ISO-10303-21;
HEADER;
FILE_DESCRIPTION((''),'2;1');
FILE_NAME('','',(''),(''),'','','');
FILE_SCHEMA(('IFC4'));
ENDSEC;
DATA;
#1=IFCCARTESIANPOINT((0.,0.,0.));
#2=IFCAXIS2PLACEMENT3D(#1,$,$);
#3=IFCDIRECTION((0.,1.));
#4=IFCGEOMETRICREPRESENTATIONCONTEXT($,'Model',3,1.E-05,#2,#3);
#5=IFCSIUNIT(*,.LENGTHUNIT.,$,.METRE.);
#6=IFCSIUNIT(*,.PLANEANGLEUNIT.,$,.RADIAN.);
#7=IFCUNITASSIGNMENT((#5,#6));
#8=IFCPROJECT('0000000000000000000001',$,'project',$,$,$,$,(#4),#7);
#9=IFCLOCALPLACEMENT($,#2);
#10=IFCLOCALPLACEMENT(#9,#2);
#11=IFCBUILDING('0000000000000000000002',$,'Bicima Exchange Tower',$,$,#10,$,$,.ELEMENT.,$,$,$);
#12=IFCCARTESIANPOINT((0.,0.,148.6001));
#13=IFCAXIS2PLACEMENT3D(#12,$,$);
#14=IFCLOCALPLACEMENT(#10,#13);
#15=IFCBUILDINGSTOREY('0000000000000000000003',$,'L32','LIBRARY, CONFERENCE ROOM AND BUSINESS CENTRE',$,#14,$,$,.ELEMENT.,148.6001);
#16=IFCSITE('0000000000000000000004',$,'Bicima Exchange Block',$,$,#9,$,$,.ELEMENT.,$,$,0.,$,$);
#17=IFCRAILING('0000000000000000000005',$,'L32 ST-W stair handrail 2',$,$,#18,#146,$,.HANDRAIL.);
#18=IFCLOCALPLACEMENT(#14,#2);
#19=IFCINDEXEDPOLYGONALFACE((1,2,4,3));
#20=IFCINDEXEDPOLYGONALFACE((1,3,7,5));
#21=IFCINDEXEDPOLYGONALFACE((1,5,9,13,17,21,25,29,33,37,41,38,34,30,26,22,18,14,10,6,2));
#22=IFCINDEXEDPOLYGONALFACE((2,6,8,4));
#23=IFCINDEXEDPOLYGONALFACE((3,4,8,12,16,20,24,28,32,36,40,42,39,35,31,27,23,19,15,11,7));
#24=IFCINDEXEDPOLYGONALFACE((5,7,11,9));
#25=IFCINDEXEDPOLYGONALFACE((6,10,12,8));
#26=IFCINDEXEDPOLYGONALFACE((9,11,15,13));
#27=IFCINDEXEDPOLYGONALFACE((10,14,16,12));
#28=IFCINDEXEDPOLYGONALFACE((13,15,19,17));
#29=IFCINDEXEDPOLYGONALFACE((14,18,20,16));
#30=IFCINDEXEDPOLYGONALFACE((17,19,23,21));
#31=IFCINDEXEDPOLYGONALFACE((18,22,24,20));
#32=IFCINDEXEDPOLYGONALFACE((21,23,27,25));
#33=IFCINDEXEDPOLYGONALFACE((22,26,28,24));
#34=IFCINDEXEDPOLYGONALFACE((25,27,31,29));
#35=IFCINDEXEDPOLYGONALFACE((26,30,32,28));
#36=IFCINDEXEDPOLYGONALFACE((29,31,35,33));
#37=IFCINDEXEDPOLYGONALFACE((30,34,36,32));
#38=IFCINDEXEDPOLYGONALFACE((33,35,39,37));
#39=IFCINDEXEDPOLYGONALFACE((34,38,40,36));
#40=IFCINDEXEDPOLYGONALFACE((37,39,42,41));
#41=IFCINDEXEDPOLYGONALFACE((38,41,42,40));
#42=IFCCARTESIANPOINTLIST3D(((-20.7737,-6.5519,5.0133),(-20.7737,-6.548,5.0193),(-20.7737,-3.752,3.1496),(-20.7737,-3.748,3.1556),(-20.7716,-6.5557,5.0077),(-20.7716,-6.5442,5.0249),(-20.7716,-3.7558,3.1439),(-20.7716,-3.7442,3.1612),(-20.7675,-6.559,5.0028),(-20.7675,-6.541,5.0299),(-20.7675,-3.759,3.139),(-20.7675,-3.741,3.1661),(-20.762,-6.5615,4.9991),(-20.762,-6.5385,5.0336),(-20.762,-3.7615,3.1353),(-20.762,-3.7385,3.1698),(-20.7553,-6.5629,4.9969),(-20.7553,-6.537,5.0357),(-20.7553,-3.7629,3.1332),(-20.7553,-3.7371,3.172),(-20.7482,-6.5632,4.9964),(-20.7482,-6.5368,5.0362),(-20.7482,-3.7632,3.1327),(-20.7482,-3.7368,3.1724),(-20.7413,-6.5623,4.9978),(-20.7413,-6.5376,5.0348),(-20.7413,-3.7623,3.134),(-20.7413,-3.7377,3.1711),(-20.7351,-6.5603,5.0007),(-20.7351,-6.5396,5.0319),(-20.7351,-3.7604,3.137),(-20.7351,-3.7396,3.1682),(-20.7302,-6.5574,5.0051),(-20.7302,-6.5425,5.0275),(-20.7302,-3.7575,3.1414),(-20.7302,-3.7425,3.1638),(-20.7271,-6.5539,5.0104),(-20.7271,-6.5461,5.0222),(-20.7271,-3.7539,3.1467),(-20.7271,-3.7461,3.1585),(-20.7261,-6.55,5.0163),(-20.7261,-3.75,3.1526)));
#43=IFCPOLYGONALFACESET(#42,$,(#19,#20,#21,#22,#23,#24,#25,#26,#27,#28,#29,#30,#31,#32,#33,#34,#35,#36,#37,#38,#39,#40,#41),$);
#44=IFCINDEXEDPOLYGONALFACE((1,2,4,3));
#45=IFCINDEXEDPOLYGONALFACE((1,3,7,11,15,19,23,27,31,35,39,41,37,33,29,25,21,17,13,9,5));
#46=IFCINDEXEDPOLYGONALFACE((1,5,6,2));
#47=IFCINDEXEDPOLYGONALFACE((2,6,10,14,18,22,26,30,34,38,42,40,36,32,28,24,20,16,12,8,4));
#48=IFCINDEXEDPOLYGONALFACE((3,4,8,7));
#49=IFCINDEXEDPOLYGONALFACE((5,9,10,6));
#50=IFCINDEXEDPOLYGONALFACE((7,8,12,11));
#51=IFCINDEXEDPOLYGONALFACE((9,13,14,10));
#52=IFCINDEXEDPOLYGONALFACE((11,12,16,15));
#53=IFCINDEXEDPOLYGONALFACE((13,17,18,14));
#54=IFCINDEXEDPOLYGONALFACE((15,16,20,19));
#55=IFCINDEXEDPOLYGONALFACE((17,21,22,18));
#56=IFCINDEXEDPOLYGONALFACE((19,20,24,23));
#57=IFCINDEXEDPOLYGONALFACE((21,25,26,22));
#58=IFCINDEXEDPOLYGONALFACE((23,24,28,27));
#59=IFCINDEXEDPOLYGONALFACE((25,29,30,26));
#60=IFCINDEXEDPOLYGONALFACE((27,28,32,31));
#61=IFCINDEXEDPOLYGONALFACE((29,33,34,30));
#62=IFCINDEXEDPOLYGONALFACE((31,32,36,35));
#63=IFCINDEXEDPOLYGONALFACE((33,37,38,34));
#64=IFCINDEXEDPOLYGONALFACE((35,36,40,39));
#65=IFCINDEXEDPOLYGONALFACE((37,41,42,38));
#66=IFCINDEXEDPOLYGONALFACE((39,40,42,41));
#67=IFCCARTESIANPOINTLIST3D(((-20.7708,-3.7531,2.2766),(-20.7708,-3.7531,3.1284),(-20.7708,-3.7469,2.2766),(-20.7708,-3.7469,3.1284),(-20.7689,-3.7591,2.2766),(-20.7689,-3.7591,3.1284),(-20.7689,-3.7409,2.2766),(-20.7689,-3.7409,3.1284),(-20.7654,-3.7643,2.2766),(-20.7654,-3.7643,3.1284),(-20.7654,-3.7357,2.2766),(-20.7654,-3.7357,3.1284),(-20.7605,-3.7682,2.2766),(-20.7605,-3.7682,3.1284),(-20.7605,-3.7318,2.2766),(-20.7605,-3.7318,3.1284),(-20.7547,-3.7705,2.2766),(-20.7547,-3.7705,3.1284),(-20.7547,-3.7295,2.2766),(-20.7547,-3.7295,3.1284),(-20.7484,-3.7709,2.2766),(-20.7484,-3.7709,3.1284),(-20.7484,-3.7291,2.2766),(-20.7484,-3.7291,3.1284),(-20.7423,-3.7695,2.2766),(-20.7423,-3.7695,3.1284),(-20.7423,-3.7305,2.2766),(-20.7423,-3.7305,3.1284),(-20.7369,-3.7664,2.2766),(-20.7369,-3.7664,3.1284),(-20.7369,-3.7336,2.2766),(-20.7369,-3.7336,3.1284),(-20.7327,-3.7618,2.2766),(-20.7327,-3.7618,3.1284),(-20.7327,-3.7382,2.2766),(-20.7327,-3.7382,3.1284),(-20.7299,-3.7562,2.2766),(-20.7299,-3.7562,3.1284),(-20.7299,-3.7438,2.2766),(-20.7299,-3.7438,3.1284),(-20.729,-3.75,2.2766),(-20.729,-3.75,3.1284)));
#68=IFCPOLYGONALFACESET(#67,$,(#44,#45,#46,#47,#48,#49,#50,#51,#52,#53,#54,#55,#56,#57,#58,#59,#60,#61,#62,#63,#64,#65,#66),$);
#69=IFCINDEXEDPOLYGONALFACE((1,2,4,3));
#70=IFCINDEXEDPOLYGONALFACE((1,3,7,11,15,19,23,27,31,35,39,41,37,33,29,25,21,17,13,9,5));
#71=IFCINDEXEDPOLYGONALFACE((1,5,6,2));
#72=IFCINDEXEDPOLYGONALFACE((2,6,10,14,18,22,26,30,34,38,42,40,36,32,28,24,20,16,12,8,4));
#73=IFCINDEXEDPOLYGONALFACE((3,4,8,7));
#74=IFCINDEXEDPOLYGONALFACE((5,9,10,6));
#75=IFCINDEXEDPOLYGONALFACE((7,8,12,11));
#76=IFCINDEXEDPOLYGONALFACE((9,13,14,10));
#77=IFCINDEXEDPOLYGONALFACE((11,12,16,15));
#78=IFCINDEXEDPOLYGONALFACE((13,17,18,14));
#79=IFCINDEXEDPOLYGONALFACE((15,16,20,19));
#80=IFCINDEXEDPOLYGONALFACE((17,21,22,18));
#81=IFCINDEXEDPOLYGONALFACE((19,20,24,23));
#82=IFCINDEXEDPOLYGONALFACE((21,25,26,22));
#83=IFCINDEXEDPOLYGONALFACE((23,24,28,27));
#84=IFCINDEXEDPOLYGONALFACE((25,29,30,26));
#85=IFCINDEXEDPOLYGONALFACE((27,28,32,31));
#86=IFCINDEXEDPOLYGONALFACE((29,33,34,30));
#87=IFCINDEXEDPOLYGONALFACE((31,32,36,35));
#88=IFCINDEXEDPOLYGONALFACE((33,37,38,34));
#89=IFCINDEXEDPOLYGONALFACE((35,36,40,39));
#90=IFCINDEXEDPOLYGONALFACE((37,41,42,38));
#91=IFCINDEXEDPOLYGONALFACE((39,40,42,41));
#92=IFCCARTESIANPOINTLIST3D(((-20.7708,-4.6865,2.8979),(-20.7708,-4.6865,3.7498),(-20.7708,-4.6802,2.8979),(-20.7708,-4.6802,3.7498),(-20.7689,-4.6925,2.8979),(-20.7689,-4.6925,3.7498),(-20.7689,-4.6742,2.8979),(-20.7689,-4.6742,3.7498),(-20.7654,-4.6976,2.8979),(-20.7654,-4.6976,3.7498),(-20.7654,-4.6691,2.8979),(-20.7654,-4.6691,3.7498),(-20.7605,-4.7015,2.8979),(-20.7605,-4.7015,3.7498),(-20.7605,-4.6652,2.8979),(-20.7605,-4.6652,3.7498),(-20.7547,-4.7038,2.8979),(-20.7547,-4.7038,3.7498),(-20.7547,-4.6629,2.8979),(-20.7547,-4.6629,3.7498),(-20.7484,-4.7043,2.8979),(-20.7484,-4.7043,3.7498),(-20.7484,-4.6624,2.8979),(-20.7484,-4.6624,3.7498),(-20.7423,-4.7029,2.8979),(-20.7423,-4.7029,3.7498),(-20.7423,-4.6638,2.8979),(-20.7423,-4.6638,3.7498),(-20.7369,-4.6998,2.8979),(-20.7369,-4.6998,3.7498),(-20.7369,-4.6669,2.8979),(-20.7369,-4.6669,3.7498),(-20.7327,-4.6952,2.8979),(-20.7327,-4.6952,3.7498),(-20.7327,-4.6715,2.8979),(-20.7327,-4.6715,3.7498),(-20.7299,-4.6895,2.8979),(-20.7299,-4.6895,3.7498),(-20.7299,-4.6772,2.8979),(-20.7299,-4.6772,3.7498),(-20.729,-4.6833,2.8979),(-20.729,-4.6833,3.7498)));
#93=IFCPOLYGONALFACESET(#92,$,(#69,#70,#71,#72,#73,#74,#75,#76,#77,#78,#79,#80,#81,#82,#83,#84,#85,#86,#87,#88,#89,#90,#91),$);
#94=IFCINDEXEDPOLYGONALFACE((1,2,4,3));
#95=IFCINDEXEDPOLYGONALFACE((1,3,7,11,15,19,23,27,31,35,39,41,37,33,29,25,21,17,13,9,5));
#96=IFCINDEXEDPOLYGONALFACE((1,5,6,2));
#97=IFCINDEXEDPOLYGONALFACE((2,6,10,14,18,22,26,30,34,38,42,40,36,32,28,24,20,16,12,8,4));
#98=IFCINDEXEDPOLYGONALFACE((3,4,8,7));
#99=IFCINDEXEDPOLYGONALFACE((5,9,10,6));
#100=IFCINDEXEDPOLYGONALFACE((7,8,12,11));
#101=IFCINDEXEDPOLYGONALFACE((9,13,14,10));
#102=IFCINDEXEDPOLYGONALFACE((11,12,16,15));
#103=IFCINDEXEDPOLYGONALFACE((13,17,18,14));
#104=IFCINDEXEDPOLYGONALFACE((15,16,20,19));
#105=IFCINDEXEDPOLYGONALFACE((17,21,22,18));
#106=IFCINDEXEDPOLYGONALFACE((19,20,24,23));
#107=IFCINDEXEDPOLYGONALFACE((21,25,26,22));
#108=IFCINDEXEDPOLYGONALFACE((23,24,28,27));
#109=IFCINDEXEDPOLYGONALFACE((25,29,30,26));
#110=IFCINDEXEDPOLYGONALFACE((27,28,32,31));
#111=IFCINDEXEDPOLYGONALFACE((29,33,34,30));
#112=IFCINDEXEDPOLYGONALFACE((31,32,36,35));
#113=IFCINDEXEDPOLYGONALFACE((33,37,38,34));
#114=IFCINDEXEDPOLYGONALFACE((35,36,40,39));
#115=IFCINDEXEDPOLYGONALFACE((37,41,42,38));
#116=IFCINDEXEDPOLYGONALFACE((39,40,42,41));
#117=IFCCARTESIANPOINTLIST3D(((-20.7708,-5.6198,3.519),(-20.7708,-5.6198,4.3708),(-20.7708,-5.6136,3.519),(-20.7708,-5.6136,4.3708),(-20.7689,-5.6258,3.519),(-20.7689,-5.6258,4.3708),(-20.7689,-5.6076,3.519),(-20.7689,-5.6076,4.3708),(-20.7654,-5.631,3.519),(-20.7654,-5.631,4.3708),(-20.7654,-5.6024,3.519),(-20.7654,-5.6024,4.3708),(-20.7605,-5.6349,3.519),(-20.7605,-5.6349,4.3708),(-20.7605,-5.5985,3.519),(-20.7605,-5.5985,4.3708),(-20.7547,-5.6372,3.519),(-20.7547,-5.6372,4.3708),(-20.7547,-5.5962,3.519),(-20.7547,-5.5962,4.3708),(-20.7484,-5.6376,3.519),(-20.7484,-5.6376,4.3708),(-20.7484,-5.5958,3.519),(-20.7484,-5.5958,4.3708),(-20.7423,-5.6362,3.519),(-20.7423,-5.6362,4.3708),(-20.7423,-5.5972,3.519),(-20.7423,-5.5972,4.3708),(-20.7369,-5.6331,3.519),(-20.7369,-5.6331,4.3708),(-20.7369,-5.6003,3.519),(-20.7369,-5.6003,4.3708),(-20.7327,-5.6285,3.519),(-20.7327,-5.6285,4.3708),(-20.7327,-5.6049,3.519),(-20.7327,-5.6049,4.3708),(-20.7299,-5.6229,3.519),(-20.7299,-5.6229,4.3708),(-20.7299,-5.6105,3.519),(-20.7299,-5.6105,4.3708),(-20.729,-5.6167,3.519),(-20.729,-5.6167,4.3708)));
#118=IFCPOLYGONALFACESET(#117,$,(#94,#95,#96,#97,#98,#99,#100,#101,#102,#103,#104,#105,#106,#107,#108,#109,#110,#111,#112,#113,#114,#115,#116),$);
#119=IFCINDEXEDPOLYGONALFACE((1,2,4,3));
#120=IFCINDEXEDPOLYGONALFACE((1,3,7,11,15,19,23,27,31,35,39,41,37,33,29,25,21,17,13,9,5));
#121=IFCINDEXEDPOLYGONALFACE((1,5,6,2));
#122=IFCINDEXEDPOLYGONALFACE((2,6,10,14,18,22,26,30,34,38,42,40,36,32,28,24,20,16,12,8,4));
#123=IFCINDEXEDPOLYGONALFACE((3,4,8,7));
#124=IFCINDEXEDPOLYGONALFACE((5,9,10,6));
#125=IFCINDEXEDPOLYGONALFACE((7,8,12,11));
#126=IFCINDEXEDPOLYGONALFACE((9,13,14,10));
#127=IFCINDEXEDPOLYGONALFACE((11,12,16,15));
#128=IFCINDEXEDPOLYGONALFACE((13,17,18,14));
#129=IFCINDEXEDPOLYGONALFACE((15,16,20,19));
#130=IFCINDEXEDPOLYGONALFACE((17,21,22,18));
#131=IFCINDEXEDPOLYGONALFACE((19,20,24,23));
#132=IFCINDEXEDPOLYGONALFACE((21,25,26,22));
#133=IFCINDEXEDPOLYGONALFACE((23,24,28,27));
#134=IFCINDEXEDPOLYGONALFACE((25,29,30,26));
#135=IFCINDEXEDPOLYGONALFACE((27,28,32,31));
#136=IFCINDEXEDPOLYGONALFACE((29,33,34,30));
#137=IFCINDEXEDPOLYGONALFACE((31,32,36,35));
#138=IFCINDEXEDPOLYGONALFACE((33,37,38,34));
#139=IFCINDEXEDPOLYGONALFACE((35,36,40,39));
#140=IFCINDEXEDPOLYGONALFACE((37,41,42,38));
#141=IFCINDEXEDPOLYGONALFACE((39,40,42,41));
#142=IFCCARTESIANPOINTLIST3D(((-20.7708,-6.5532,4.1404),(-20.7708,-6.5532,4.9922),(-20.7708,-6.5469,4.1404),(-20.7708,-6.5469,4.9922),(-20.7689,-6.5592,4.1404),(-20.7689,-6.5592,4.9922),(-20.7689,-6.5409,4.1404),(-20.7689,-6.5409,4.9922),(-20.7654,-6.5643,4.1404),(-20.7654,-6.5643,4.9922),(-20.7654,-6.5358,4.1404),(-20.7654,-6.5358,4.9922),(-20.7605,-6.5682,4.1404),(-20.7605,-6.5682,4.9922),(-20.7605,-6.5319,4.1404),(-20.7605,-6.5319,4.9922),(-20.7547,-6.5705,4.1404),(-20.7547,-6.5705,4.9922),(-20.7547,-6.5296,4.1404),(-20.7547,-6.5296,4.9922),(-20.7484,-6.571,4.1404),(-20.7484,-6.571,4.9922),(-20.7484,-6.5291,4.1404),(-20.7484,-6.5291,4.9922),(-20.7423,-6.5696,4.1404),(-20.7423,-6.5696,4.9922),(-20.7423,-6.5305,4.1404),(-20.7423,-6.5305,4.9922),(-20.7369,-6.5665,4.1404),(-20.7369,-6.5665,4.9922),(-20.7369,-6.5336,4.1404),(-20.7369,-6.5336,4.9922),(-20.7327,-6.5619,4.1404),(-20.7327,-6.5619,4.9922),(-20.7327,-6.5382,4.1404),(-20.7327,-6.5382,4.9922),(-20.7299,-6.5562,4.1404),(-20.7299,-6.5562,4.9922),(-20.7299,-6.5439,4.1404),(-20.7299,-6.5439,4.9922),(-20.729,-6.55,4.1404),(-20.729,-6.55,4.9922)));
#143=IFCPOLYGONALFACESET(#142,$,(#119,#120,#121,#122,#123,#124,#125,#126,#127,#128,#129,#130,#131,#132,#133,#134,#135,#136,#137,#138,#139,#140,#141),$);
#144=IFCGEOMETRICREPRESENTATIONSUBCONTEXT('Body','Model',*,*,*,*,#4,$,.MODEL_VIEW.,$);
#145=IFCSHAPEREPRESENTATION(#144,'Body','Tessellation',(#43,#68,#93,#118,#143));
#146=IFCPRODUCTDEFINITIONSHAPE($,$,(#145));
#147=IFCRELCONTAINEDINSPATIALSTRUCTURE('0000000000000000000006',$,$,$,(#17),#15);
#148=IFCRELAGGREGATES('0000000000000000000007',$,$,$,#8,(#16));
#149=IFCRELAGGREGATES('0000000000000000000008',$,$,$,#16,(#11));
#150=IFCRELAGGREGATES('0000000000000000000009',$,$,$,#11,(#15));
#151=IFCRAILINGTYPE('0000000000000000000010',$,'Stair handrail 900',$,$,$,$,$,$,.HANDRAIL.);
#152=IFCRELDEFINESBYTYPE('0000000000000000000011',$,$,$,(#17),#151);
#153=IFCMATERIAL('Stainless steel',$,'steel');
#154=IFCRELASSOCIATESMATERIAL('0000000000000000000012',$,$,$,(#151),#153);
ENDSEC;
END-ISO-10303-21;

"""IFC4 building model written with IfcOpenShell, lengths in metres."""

from ifc_helpers import new_model, si_unit, direction, frame, origin, origin_2d, place, context, subcontext, project, spatial, circle, extrude, material, type_object, element, save


model = new_model("IFC4")

# Units and contexts
model_context = context("Model", 3, precision=1e-05, world=origin(), true_north=direction((0.0, 1.0)))
body_context = subcontext(model_context, "Body", "Model", "MODEL_VIEW")
ifc_project = project(units=[si_unit("LENGTHUNIT", "METRE"), si_unit("PLANEANGLEUNIT", "RADIAN")], contexts=[model_context])

# Site, building, storey
site_placement = place(None, origin())
site = spatial("IfcSite", under=ifc_project, at=site_placement, Name="Bicima Exchange Block", CompositionType="ELEMENT", RefElevation=0.0)
building_placement = place(site_placement, origin())
building = spatial("IfcBuilding", under=site, at=building_placement, Name="Bicima Exchange Tower", CompositionType="ELEMENT")
storey_placement = place(building_placement, frame((0.0, 0.0, 148.6001)))
storey = spatial("IfcBuildingStorey", under=building, at=storey_placement, Name="L32", Description="LIBRARY, CONFERENCE ROOM AND BUSINESS CENTRE", CompositionType="ELEMENT", Elevation=148.6001)

# Railing
ifc_material_1 = material(Name="Stainless steel", Category="steel")
railing_type_1 = type_object("IfcRailingType", Name="Stair handrail 900", PredefinedType="HANDRAIL", material=ifc_material_1)
railing_1_placement = place(storey_placement, frame((-20.75, -3.75, 2.2766)))
element("IfcRailing", 1, at=railing_1_placement, inside=storey, type_object=railing_type_1, Name="L32 ST-W stair handrail 2", PredefinedType="HANDRAIL", context=body_context, shape_type="SweptSolid", body=[
    extrude(circle(Radius=0.0239, at=origin_2d()), frame((0.0, 0.0, 0.876), z_axis=(0.0, -0.832452, 0.554097), x_axis=(1.0, 0.0, 0.0)), (0.0, 0.0, 1.0), 3.3635),
    extrude(circle(Radius=0.021, at=origin_2d()), origin(), (0.0, 0.0, 1.0), 0.8518),
    extrude(circle(Radius=0.021, at=origin_2d()), frame((0.0, -0.9333, 0.6213)), (0.0, 0.0, 1.0), 0.8518),
    extrude(circle(Radius=0.021, at=origin_2d()), frame((0.0, -1.8667, 1.2424)), (0.0, 0.0, 1.0), 0.8518),
    extrude(circle(Radius=0.021, at=origin_2d()), frame((0.0, -2.8, 1.8638)), (0.0, 0.0, 1.0), 0.8518),
])

save(model, "model.ifc")
